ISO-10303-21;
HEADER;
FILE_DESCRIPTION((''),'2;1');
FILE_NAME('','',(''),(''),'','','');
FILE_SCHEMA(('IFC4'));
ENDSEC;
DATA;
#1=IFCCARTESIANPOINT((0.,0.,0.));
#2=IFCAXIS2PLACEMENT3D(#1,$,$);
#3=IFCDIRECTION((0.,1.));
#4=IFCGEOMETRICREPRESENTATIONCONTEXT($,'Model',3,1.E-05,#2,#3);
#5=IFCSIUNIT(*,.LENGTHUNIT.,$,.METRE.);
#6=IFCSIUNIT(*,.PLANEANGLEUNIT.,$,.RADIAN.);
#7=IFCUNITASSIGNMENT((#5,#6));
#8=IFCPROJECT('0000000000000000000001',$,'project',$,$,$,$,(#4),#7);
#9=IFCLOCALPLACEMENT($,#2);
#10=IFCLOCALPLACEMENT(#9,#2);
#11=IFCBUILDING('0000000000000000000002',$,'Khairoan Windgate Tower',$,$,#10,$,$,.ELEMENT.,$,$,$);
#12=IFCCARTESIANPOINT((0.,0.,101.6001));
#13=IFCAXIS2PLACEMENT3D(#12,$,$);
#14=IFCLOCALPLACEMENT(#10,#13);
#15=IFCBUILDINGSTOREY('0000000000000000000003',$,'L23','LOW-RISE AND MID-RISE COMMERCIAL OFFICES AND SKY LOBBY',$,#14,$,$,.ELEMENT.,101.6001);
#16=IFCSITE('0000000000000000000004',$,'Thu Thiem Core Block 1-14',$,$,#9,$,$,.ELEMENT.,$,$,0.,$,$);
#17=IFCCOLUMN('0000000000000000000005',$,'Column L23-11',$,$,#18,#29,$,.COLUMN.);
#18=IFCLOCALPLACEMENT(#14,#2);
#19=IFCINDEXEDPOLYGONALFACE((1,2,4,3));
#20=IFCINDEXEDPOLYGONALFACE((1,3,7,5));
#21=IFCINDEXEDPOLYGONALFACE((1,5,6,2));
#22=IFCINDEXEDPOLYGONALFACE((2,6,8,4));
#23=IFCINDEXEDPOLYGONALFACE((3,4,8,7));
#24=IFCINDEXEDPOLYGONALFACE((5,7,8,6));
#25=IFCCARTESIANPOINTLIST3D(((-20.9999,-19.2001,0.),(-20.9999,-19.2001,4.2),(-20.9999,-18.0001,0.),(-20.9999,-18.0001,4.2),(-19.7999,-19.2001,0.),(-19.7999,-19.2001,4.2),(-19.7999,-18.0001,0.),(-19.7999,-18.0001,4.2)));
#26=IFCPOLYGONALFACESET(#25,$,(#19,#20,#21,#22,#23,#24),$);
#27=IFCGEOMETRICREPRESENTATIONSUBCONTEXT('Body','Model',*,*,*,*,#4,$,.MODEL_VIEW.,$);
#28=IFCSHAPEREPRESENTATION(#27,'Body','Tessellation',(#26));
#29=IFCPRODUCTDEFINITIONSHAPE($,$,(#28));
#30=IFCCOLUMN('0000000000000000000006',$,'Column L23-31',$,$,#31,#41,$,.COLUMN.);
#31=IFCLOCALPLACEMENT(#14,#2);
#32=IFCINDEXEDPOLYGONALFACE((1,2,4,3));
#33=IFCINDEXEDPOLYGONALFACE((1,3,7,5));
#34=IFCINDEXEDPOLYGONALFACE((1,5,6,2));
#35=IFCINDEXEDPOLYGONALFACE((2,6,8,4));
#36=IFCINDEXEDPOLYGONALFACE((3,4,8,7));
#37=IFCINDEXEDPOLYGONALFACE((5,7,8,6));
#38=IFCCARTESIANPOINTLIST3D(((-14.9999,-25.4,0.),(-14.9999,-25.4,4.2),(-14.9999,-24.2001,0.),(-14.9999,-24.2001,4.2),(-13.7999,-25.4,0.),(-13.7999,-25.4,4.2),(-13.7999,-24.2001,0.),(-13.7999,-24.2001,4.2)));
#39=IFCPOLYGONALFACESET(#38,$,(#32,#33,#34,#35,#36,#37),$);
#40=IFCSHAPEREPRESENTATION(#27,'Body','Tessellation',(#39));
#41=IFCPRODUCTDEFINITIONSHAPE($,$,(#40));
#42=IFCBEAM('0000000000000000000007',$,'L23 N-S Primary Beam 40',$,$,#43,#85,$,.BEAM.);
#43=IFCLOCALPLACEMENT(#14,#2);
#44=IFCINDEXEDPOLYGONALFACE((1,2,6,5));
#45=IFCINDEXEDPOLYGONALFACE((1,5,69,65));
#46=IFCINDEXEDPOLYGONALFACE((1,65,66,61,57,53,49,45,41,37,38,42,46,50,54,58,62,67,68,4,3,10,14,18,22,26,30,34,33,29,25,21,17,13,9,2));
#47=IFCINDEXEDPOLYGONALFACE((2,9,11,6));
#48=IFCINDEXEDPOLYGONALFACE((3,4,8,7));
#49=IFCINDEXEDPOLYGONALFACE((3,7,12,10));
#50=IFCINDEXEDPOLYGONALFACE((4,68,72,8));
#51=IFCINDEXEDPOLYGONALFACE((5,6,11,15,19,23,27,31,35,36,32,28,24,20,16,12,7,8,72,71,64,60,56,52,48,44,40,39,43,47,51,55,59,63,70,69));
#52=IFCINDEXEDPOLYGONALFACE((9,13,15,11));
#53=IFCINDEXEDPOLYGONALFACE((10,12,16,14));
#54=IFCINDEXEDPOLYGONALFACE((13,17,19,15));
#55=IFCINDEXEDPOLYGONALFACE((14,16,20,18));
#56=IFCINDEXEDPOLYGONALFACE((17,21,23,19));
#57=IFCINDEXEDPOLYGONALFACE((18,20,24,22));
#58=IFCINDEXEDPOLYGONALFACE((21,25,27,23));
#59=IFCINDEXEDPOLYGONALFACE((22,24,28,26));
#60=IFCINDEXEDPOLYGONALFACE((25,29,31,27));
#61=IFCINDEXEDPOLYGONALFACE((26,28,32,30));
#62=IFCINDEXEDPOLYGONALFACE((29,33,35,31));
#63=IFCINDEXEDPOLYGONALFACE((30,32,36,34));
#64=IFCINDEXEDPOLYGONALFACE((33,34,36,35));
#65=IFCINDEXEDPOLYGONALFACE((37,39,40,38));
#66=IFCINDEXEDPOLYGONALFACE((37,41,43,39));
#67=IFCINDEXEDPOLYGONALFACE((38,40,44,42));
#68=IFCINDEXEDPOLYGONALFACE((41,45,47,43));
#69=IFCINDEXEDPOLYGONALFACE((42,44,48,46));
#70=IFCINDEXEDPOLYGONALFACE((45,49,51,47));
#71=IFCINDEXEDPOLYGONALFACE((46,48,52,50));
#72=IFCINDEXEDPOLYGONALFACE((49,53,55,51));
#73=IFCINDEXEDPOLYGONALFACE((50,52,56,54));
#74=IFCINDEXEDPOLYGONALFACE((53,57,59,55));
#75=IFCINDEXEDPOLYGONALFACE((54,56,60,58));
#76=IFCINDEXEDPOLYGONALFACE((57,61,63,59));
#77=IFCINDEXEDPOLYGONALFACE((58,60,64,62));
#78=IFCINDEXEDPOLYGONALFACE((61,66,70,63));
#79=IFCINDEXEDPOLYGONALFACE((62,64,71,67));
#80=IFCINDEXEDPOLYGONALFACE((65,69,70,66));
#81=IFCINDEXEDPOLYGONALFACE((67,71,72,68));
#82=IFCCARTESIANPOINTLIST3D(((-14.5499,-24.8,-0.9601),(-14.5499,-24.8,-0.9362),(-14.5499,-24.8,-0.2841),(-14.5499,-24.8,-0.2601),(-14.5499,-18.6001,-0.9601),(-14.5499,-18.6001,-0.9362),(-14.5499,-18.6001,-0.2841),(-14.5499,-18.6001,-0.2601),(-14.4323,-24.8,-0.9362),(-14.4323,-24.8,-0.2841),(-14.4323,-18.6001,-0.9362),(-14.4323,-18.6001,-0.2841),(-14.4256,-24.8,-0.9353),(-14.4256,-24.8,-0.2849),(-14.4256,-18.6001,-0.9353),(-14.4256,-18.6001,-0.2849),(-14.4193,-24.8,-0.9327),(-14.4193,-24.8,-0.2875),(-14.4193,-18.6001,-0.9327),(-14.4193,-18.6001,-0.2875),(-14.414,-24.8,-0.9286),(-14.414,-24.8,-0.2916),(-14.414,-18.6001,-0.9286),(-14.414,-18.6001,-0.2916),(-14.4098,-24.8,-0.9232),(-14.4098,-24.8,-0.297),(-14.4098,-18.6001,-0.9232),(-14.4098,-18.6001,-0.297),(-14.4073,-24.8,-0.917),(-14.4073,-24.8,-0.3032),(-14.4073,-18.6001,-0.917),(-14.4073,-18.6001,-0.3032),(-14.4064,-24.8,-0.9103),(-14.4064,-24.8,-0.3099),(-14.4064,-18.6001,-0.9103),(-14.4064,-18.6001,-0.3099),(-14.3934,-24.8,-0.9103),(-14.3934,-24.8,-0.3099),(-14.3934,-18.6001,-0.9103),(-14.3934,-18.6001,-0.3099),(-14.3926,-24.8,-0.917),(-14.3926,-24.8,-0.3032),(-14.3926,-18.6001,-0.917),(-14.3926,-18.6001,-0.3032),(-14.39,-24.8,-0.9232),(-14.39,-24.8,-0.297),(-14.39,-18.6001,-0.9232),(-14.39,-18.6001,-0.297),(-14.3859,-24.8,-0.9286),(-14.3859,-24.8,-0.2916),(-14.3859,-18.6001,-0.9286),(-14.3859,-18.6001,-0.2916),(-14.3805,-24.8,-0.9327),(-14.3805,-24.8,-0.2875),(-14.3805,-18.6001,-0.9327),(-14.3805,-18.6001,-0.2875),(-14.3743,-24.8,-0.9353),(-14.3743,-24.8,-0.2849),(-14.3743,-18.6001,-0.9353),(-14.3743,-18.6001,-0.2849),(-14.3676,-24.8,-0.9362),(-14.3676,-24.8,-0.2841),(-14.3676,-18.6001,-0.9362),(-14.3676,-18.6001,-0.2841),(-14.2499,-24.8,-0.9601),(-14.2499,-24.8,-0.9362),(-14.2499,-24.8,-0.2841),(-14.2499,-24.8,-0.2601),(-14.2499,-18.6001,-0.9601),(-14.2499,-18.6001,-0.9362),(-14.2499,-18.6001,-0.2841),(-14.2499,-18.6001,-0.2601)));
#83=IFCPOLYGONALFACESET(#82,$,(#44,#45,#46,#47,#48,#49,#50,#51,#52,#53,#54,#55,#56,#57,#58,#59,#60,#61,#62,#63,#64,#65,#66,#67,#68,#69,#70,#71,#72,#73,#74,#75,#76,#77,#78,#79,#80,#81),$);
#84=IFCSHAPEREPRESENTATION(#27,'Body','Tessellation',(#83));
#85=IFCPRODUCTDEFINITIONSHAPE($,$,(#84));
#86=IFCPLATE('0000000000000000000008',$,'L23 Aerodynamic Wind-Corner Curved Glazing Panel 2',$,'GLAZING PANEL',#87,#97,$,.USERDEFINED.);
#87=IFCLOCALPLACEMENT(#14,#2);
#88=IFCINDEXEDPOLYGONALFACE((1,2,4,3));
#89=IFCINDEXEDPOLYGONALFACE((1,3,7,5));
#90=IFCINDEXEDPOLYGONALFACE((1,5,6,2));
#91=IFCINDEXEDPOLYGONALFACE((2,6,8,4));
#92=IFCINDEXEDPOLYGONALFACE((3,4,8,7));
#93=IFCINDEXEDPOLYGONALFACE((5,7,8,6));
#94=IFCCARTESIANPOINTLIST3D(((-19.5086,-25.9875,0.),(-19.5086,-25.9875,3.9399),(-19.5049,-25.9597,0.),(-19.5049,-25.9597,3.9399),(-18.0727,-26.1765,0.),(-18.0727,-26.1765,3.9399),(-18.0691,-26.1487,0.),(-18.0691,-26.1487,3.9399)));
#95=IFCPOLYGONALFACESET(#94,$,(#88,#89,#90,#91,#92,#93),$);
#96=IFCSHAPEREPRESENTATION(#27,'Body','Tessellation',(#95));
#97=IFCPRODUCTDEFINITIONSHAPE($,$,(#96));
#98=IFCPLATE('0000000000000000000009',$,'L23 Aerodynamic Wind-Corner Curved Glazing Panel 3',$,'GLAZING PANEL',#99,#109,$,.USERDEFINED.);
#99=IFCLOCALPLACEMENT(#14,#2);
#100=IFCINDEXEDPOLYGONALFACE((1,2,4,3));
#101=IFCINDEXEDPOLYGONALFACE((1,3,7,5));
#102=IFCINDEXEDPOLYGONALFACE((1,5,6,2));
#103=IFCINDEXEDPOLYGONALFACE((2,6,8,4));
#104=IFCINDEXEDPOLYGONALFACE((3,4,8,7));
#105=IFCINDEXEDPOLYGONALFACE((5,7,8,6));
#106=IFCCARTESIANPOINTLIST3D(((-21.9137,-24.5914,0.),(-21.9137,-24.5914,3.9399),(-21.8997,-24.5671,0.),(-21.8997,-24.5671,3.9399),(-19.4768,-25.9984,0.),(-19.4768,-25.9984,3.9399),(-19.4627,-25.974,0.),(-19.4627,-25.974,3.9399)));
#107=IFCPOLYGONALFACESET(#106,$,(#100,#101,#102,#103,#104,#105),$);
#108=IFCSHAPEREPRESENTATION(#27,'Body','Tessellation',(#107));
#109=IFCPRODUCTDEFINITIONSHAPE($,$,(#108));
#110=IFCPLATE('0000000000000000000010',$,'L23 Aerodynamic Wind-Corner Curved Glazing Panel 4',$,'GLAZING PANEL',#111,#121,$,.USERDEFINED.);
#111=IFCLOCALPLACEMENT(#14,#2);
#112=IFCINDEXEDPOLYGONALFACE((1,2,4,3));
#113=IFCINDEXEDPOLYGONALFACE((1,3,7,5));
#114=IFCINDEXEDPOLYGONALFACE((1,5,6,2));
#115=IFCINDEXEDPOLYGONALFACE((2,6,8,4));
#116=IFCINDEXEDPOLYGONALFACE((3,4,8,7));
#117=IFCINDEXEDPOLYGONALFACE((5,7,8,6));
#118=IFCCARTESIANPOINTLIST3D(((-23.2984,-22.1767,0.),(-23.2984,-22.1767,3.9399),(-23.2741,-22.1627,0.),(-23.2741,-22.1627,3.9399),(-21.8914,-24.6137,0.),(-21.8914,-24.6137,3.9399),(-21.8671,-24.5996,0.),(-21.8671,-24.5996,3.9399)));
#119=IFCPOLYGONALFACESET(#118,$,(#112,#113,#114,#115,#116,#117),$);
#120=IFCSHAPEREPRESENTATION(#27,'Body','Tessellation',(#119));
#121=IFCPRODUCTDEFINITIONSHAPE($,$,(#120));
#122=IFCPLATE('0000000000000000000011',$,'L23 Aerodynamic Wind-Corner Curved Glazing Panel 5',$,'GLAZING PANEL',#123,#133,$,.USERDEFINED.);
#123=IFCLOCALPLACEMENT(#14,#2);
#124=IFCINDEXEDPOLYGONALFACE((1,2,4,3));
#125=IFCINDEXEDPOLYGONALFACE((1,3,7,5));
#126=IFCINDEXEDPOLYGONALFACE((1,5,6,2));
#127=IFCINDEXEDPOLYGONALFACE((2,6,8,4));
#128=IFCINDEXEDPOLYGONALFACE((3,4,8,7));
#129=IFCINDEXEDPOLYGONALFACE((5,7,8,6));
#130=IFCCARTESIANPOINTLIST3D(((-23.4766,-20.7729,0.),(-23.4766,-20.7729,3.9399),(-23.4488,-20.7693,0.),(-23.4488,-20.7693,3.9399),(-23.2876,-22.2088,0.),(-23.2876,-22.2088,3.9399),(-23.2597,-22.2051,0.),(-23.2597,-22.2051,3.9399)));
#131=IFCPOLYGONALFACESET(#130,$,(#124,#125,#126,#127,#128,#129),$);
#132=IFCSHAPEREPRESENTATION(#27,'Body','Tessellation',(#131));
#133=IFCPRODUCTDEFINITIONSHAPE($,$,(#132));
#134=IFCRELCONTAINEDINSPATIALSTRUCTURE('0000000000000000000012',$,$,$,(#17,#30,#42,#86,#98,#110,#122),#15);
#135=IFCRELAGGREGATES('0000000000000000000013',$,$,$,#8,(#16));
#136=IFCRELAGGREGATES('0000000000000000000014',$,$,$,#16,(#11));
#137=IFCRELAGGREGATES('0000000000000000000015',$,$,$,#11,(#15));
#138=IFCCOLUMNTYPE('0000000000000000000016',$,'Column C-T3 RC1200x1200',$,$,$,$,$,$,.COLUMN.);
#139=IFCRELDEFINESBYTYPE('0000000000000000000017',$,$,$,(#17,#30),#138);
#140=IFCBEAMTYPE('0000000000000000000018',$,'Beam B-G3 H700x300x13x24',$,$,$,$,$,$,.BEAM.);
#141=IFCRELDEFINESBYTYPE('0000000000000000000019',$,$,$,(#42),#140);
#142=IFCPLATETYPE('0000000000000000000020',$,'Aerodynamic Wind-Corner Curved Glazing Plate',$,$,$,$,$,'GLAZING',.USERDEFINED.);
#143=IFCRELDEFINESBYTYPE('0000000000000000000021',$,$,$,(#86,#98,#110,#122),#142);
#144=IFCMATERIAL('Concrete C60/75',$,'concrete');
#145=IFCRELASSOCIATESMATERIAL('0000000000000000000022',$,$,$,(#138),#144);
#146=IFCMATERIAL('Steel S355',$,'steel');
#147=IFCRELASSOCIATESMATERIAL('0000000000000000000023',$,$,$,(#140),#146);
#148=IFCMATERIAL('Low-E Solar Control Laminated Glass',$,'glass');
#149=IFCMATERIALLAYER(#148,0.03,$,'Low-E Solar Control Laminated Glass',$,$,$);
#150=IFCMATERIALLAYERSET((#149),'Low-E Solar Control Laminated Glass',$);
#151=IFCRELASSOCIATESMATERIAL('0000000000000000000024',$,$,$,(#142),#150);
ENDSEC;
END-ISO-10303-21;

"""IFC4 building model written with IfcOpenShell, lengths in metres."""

from ifc_helpers import new_model, si_unit, direction, frame, origin, origin_2d, place, context, subcontext, project, spatial, rectangle, i_section, extrude, material, layer, layer_set, material_profile, profile_set, type_object, element, save


model = new_model("IFC4")

# Units and contexts
model_context = context("Model", 3, precision=1e-05, world=origin(), true_north=direction((0.0, 1.0)))
body_context = subcontext(model_context, "Body", "Model", "MODEL_VIEW")
ifc_project = project(units=[si_unit("LENGTHUNIT", "METRE"), si_unit("PLANEANGLEUNIT", "RADIAN")], contexts=[model_context])

# Site, building, storey
site_placement = place(None, origin())
site = spatial("IfcSite", under=ifc_project, at=site_placement, Name="Thu Thiem Core Block 1-14", CompositionType="ELEMENT", RefElevation=0.0)
building_placement = place(site_placement, origin())
building = spatial("IfcBuilding", under=site, at=building_placement, Name="Khairoan Windgate Tower", CompositionType="ELEMENT")
storey_placement = place(building_placement, frame((0.0, 0.0, 101.6001)))
storey = spatial("IfcBuildingStorey", under=building, at=storey_placement, Name="L23", Description="LOW-RISE AND MID-RISE COMMERCIAL OFFICES AND SKY LOBBY", CompositionType="ELEMENT", Elevation=101.6001)

# Columns
ifc_material_1 = material(Name="Concrete C60/75", Category="concrete")
ifc_material_profile_1 = material_profile(ifc_material_1, rectangle(XDim=1.2, YDim=1.2, at=origin_2d()))
ifc_profile_set_1 = profile_set([ifc_material_profile_1], Name="Concrete C60/75")
column_type = type_object("IfcColumnType", Name="Column C-T3 RC1200x1200", PredefinedType="COLUMN", material=ifc_profile_set_1)
for number, where, z_axis, x_axis, name in (
    (1, (-20.3999, -18.6001, 0.0), (0.0, 0.0, 1.0), (1.0, 0.0, 0.0), "Column L23-11"),
    (2, (-14.3999, -24.8, 0.0), (0.0, 0.0, 1.0), (1.0, 0.0, 0.0), "Column L23-31"),
):
    element("IfcColumn", number, at=place(storey_placement, frame(where, z_axis=z_axis, x_axis=x_axis)), inside=storey, type_object=column_type, Name=name, PredefinedType="COLUMN", context=body_context, shape_type="SweptSolid", body=[
        extrude(rectangle(XDim=1.2, YDim=1.2, at=origin_2d()), origin(), (0.0, 0.0, 1.0), 4.2),
    ])

# Beam
ifc_material_2 = material(Name="Steel S355", Category="steel")
ifc_material_profile_2 = material_profile(ifc_material_2, i_section(OverallWidth=0.3, OverallDepth=0.7, WebThickness=0.0129, FlangeThickness=0.0239, FilletRadius=0.0259, at=origin_2d()))
ifc_profile_set_2 = profile_set([ifc_material_profile_2], Name="Steel S355")
beam_type = type_object("IfcBeamType", Name="Beam B-G3 H700x300x13x24", PredefinedType="BEAM", material=ifc_profile_set_2)
beam_placement = place(storey_placement, frame((-14.3999, -24.8, -0.6101), z_axis=(0.0, 1.0, 0.0), x_axis=(-1.0, 0.0, 0.0)))
element("IfcBeam", 3, at=beam_placement, inside=storey, type_object=beam_type, Name="L23 N-S Primary Beam 40", PredefinedType="BEAM", context=body_context, shape_type="SweptSolid", body=[
    extrude(i_section(OverallWidth=0.3, OverallDepth=0.7, WebThickness=0.0129, FlangeThickness=0.0239, FilletRadius=0.0259, at=origin_2d()), origin(), (0.0, 0.0, 1.0), 6.2),
])

# Plates
ifc_material_3 = material(Name="Low-E Solar Control Laminated Glass", Category="glass")
ifc_layer_1 = layer(ifc_material_3, 0.03, Name="Low-E Solar Control Laminated Glass")
ifc_layer_set_1 = layer_set([ifc_layer_1], Name="Low-E Solar Control Laminated Glass")
plate_type_1 = type_object("IfcPlateType", Name="Aerodynamic Wind-Corner Curved Glazing Plate", ElementType="GLAZING", PredefinedType="USERDEFINED", material=ifc_layer_set_1)
plate_1_placement = place(storey_placement, frame((-18.7888, -26.0681, 0.0), z_axis=(0.0, 0.0, 1.0), x_axis=(-0.991445, 0.130526, 0.0)))
element("IfcPlate", 4, at=plate_1_placement, inside=storey, type_object=plate_type_1, Name="L23 Aerodynamic Wind-Corner Curved Glazing Panel 2", ObjectType="GLAZING PANEL", PredefinedType="USERDEFINED", context=body_context, shape_type="SweptSolid", body=[
    extrude(rectangle(XDim=1.4482, YDim=0.0281, at=origin_2d()), origin(), (0.0, 0.0, 1.0), 3.9399),
])
for number, where, z_axis, x_axis, name in (
    (5, (-20.6882, -25.2827, 0.0), (0.0, 0.0, 1.0), (-0.866025, 0.5, 0.0), "L23 Aerodynamic Wind-Corner Curved Glazing Panel 3"),
    (6, (-22.5828, -23.3882, 0.0), (0.0, 0.0, 1.0), (-0.5, 0.866025, 0.0), "L23 Aerodynamic Wind-Corner Curved Glazing Panel 4"),
):
    element("IfcPlate", number, at=place(storey_placement, frame(where, z_axis=z_axis, x_axis=x_axis)), inside=storey, type_object=plate_type_1, Name=name, ObjectType="GLAZING PANEL", PredefinedType="USERDEFINED", context=body_context, shape_type="SweptSolid", body=[
        extrude(rectangle(XDim=2.814, YDim=0.0281, at=origin_2d()), origin(), (0.0, 0.0, 1.0), 3.9399),
    ])
plate_2_placement = place(storey_placement, frame((-23.3682, -21.489, 0.0), z_axis=(0.0, 0.0, 1.0), x_axis=(-0.130526, 0.991445, 0.0)))
element("IfcPlate", 7, at=plate_2_placement, inside=storey, type_object=plate_type_1, Name="L23 Aerodynamic Wind-Corner Curved Glazing Panel 5", ObjectType="GLAZING PANEL", PredefinedType="USERDEFINED", context=body_context, shape_type="SweptSolid", body=[
    extrude(rectangle(XDim=1.4482, YDim=0.0281, at=origin_2d()), origin(), (0.0, 0.0, 1.0), 3.9399),
])

save(model, "model.ifc")
